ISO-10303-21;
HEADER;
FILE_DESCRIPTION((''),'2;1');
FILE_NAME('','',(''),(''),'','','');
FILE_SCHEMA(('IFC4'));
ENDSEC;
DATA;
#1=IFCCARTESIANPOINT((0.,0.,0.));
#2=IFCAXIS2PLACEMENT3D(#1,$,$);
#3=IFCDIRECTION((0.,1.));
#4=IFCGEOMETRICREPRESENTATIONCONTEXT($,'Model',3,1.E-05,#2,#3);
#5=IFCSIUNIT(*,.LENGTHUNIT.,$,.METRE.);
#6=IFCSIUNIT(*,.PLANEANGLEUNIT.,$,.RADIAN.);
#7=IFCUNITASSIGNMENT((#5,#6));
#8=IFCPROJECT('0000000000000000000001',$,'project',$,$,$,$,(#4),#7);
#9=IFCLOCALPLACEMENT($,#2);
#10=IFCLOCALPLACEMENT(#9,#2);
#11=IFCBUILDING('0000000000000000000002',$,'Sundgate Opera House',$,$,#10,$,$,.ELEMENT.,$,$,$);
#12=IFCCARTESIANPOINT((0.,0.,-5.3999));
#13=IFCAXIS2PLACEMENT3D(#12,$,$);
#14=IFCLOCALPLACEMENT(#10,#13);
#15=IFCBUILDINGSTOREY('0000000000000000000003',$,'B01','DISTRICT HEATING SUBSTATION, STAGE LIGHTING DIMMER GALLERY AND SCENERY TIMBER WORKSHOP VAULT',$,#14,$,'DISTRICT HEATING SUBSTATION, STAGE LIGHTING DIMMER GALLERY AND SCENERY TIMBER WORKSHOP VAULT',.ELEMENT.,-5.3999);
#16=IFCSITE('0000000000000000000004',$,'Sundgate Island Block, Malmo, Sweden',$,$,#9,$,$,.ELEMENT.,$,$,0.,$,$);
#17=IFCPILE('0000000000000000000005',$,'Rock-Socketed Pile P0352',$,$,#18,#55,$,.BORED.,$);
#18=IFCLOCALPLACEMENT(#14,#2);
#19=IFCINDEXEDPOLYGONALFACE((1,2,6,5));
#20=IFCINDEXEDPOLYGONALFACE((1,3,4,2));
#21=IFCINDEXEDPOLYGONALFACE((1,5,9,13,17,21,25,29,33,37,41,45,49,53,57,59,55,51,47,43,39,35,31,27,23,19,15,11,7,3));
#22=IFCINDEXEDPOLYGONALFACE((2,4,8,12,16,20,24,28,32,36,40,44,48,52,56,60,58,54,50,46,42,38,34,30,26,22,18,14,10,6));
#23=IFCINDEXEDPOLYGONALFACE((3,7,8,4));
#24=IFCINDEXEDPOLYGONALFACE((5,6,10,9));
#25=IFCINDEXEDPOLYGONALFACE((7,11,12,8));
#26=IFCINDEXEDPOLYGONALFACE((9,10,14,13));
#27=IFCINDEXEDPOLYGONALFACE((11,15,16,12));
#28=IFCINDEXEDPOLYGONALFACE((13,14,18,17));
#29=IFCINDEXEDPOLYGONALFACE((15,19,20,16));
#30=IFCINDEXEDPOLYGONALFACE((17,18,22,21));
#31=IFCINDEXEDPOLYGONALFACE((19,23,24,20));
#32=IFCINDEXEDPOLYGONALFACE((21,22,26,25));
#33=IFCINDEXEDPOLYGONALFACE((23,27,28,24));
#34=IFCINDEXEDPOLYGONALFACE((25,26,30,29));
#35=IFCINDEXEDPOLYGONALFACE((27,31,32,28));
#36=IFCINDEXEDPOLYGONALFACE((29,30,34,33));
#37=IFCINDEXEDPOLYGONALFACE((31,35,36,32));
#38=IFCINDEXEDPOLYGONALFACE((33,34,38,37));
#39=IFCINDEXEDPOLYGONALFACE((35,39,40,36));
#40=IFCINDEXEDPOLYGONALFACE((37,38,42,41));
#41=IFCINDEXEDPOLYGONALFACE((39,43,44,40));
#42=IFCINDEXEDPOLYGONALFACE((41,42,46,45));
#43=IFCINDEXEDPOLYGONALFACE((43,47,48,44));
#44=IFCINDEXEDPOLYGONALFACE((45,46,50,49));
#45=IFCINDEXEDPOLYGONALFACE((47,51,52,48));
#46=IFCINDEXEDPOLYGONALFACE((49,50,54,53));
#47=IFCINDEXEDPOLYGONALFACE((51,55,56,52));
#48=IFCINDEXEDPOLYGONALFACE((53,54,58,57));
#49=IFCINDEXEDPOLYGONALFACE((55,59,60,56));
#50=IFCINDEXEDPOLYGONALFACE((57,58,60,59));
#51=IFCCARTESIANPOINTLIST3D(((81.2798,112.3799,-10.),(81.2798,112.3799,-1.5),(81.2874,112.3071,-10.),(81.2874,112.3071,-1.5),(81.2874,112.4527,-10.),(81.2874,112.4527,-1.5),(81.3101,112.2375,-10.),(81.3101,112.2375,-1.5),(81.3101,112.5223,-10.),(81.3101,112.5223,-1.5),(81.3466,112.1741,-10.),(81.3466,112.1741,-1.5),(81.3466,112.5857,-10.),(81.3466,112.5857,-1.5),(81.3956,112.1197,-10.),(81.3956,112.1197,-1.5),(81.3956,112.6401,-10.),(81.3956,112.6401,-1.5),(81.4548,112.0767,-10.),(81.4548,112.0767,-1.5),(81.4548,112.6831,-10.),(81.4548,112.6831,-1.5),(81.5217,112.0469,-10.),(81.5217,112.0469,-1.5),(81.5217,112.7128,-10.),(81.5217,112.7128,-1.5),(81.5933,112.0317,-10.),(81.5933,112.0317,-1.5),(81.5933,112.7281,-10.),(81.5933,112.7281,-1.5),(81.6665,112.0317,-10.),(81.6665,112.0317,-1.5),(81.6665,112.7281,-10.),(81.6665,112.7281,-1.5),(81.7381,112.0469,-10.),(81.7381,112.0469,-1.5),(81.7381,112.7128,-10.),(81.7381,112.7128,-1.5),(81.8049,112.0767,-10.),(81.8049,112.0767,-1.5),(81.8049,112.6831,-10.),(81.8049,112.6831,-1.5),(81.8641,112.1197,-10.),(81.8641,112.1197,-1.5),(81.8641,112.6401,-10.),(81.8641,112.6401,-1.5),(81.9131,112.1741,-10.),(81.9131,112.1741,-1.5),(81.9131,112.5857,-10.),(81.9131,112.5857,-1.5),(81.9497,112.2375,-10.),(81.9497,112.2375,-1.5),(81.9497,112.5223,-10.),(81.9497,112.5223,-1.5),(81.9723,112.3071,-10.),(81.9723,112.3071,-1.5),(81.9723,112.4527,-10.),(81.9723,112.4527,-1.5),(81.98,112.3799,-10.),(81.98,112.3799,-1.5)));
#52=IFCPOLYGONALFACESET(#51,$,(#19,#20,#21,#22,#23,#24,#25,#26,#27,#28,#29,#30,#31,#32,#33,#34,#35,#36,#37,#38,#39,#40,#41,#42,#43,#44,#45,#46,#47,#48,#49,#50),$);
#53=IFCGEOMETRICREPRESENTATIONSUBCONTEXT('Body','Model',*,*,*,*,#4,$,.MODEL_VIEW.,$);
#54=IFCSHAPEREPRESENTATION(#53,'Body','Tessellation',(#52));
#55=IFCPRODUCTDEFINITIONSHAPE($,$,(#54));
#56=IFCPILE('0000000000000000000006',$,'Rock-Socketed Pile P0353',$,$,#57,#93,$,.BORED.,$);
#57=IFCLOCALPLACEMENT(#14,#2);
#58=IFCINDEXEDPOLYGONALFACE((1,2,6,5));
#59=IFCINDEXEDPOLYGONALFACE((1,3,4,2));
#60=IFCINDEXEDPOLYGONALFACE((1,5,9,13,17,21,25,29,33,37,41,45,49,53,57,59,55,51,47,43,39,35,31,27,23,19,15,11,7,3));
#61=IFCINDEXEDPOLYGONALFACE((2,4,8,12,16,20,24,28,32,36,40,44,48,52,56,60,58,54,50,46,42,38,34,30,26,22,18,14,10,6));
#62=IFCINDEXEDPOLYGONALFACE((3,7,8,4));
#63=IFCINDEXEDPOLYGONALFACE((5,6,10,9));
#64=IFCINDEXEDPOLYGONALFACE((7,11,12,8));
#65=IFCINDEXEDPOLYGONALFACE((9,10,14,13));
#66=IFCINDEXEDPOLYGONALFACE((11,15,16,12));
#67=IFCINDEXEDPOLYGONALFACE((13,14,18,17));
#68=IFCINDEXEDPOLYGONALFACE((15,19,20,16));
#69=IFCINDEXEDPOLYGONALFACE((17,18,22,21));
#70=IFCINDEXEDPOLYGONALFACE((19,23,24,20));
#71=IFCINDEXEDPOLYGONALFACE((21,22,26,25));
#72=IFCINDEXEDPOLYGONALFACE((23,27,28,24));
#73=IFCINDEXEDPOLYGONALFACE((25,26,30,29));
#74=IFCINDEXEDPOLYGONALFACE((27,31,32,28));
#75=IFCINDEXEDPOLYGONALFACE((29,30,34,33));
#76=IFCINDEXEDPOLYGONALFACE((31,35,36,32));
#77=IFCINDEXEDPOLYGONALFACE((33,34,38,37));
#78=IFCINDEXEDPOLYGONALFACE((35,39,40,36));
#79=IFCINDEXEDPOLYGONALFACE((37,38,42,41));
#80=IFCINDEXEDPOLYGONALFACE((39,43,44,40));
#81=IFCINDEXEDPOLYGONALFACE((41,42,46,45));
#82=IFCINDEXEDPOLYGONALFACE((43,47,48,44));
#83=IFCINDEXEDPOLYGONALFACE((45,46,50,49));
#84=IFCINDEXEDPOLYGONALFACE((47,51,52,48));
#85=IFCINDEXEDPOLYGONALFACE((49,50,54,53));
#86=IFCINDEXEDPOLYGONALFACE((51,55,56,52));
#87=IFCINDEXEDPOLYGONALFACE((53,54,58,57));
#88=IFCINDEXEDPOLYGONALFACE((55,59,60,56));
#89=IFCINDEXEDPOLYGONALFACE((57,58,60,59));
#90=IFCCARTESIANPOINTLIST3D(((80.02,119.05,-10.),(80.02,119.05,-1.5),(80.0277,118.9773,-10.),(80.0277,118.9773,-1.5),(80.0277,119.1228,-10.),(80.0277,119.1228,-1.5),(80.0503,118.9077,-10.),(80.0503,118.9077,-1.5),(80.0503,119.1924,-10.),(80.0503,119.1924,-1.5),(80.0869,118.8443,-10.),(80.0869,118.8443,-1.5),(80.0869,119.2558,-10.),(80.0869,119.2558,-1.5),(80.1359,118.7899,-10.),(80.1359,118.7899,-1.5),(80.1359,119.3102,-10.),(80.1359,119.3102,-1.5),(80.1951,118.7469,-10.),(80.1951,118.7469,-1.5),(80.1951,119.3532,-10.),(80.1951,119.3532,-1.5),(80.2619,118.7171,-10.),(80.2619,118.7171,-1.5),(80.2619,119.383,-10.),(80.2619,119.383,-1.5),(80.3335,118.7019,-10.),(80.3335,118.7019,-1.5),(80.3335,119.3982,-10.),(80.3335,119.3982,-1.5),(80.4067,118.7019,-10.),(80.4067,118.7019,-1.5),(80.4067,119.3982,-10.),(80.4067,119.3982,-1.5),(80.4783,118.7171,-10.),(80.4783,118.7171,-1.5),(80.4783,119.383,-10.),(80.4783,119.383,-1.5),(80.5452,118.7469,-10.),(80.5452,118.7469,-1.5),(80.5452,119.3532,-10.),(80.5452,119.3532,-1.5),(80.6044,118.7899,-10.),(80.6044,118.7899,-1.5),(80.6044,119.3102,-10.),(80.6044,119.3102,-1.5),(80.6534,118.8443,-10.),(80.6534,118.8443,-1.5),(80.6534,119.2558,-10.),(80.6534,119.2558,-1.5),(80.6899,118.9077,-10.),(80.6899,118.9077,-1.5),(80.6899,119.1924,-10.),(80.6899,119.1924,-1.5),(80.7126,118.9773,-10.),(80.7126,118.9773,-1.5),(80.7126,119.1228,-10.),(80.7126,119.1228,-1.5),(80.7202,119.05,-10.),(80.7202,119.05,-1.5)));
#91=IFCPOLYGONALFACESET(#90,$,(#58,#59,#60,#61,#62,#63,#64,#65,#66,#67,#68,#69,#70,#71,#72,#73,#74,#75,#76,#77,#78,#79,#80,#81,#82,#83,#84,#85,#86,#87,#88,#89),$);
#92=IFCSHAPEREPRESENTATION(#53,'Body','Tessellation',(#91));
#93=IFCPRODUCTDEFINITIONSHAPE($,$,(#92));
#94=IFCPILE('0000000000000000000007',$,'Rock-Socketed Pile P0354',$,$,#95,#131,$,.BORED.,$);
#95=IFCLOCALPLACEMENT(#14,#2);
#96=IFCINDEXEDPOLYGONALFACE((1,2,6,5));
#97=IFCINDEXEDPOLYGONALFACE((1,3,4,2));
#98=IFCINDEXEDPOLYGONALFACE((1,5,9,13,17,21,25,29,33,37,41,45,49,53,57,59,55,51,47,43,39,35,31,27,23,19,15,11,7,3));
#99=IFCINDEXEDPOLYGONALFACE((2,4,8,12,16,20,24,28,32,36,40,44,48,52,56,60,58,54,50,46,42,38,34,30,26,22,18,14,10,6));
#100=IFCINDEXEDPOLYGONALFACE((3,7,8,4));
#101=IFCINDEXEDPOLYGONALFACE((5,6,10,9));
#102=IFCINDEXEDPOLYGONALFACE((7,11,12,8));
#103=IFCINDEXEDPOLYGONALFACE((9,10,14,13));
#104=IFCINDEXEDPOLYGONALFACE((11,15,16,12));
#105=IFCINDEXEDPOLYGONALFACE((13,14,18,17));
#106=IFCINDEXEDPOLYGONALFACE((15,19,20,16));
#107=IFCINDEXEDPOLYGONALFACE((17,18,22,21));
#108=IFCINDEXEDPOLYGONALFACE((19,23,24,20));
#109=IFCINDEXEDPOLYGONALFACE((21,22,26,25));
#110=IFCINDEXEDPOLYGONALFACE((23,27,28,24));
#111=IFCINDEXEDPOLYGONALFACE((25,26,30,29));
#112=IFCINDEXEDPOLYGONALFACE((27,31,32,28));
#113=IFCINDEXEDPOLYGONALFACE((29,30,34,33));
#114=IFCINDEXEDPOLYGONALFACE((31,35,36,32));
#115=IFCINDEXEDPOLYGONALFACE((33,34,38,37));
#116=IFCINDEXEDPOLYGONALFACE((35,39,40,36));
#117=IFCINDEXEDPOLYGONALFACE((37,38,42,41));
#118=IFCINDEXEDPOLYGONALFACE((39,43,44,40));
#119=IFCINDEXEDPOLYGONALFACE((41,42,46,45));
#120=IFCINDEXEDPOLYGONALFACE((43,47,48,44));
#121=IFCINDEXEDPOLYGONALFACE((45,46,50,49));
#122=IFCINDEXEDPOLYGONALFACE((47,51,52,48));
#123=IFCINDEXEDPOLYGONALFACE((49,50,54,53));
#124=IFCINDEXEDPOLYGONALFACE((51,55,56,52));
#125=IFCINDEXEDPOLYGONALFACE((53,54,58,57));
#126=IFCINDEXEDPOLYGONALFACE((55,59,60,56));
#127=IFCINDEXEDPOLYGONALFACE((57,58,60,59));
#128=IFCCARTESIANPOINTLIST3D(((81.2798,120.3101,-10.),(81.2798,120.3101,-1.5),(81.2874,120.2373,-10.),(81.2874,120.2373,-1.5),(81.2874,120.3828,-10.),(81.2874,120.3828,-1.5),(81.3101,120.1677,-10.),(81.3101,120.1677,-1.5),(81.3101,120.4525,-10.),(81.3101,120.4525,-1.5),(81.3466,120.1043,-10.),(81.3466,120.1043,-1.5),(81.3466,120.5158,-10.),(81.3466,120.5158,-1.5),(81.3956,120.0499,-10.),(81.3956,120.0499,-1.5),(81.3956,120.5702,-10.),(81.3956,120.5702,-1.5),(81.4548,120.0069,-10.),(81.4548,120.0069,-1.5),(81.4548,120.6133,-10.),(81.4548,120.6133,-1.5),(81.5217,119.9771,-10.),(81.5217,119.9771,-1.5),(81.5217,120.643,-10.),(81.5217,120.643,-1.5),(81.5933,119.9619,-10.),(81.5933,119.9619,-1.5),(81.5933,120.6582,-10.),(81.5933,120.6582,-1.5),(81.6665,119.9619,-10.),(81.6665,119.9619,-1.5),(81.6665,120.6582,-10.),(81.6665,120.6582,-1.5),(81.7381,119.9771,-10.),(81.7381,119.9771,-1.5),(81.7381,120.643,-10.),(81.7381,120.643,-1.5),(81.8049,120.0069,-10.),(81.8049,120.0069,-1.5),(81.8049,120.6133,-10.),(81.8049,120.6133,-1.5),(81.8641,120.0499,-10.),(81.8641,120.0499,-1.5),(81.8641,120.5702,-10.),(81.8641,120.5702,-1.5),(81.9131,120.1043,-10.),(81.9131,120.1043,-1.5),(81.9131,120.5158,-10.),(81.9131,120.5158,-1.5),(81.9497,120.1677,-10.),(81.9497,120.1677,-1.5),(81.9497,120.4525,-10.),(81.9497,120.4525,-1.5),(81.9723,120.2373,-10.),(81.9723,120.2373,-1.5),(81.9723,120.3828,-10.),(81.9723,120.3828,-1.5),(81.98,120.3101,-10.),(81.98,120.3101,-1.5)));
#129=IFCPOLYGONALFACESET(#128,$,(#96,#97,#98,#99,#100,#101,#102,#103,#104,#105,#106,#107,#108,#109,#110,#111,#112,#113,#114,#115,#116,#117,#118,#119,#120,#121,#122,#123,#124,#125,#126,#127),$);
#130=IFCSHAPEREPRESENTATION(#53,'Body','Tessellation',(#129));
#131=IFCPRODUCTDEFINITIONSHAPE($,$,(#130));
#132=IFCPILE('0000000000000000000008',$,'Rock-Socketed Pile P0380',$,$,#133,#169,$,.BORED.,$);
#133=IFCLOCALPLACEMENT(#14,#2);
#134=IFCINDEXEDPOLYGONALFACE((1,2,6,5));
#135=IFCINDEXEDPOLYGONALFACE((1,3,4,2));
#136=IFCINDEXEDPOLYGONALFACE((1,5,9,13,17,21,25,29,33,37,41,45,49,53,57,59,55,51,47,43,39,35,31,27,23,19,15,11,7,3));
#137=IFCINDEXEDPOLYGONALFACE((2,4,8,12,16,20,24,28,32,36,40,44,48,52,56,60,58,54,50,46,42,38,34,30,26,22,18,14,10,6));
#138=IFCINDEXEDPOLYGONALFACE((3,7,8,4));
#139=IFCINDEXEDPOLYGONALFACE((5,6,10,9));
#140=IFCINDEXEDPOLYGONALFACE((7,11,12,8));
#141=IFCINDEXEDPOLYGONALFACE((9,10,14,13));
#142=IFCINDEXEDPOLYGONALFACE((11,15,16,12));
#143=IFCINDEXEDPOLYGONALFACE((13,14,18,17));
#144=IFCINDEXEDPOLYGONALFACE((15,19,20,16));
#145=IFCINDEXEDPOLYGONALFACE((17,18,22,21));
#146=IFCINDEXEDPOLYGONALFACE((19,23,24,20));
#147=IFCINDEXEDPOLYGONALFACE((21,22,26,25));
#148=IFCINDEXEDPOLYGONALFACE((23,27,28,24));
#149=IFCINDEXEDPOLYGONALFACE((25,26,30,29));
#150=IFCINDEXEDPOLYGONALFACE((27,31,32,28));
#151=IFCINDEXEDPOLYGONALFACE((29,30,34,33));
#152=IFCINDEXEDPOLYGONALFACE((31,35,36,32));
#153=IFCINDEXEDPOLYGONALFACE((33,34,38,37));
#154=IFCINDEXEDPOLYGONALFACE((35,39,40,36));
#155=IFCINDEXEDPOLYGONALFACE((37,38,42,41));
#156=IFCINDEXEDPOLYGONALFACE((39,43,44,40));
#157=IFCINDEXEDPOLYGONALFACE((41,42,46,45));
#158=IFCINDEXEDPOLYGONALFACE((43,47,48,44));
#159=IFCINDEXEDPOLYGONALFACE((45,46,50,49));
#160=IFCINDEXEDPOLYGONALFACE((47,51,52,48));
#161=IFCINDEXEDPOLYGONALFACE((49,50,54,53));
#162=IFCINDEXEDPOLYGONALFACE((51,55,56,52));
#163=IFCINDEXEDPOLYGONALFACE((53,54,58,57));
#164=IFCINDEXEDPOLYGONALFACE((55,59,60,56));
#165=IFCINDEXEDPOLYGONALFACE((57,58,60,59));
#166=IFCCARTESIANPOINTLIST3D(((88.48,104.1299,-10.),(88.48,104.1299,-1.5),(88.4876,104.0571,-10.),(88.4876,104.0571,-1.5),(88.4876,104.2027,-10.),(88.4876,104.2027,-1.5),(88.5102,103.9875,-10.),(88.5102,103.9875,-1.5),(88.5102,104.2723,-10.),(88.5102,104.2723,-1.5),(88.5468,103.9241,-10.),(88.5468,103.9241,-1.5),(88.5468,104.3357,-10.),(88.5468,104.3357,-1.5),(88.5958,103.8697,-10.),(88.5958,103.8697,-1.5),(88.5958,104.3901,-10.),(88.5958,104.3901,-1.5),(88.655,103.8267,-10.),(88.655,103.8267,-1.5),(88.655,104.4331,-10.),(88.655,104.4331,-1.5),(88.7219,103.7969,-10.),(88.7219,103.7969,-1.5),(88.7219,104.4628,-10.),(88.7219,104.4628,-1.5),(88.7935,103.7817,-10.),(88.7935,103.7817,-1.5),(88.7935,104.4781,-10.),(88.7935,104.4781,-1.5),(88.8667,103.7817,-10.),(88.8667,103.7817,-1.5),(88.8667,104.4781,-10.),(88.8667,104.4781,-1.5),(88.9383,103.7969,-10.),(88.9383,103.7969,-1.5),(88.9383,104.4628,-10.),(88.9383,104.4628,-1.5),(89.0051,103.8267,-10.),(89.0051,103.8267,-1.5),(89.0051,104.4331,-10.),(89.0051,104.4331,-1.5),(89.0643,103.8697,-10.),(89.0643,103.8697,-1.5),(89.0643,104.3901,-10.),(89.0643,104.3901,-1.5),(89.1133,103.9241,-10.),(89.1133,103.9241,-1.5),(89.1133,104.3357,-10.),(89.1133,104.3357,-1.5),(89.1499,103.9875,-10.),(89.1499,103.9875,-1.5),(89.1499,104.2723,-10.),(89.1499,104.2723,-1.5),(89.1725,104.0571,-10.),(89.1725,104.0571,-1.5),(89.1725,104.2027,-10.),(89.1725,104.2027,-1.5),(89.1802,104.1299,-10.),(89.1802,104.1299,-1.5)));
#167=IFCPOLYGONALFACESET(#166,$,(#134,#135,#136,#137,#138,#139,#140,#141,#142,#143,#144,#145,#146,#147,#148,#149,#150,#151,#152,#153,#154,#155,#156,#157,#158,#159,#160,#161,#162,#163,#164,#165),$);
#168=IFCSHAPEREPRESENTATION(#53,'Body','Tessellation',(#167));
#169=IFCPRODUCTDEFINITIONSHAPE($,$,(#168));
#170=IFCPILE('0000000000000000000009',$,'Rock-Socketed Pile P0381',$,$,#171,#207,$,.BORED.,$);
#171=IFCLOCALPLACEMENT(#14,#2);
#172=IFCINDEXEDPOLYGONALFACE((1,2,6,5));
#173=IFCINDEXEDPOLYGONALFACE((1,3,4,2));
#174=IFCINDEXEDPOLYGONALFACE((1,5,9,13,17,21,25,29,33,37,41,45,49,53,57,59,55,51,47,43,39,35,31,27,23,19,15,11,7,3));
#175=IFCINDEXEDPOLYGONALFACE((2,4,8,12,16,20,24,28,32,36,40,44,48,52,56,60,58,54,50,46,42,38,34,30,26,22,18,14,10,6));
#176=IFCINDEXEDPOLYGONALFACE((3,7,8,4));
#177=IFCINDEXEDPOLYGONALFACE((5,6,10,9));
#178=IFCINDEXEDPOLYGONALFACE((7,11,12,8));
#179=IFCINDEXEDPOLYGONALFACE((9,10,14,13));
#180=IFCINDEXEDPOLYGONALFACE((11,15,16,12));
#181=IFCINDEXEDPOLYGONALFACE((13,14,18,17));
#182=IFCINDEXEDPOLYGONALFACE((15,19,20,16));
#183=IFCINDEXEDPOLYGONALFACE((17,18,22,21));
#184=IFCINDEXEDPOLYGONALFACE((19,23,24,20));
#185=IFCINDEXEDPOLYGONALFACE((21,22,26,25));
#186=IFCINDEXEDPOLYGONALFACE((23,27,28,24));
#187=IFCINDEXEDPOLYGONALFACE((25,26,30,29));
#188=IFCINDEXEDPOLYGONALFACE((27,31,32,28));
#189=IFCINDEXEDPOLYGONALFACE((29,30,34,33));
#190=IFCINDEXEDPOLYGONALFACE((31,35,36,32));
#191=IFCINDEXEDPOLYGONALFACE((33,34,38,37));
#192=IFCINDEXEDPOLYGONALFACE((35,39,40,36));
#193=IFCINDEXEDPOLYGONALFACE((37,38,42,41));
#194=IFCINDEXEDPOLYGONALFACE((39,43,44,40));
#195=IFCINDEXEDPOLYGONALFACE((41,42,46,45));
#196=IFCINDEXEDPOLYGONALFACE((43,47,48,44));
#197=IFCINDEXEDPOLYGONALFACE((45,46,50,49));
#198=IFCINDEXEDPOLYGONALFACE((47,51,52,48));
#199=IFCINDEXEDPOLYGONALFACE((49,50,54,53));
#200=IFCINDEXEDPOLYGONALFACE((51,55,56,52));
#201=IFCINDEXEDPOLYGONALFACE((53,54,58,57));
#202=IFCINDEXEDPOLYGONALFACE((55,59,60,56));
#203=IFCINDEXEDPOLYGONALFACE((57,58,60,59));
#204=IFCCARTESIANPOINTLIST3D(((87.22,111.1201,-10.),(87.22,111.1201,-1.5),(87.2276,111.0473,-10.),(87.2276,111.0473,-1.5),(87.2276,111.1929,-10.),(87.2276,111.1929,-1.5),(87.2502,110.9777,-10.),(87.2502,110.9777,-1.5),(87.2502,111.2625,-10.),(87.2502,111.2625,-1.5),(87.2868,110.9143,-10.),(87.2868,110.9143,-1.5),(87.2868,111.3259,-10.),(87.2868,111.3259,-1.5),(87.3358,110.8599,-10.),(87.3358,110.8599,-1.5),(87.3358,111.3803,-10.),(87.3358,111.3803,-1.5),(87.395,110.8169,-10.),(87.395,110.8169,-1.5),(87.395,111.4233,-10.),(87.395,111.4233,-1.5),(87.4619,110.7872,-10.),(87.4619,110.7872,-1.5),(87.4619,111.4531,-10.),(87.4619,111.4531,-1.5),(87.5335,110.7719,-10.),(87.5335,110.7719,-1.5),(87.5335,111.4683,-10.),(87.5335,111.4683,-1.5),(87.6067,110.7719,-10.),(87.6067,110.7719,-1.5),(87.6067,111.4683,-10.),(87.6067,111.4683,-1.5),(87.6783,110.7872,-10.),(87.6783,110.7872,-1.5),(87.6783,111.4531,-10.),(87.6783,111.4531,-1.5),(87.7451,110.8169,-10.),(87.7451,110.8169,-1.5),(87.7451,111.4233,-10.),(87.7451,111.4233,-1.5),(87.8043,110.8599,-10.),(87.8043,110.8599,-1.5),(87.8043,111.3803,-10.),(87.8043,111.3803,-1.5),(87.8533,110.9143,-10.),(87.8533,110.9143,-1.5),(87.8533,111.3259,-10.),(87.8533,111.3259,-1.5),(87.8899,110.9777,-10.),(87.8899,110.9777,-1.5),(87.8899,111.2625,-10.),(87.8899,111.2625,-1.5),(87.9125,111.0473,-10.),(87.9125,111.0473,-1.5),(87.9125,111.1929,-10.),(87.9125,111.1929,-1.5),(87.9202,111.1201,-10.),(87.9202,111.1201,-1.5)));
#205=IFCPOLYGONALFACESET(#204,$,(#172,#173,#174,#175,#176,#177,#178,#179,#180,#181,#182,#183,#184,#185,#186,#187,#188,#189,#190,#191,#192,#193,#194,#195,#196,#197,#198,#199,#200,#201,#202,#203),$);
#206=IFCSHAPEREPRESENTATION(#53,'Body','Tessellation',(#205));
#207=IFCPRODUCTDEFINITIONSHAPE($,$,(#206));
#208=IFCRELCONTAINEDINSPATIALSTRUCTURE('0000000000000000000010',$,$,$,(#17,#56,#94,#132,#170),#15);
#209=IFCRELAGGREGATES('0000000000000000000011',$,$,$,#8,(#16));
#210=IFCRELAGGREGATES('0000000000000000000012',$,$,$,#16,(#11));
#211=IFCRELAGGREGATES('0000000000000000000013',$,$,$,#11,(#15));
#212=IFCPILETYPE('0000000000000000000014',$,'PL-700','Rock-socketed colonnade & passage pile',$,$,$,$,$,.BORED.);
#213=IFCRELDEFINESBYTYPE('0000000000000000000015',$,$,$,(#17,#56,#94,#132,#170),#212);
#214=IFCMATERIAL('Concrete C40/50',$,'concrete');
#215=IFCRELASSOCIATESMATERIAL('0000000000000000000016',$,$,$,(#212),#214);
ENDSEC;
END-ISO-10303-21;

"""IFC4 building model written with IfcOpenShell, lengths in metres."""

from ifc_helpers import new_model, si_unit, direction, frame, origin, origin_2d, place, context, subcontext, project, spatial, circle, extrude, material, material_profile, profile_set, type_object, element, save


model = new_model("IFC4")

# Units and contexts
model_context = context("Model", 3, precision=1e-05, world=origin(), true_north=direction((0.0, 1.0)))
body_context = subcontext(model_context, "Body", "Model", "MODEL_VIEW")
ifc_project = project(units=[si_unit("LENGTHUNIT", "METRE"), si_unit("PLANEANGLEUNIT", "RADIAN")], contexts=[model_context])

# Site, building, storey
site_placement = place(None, origin())
site = spatial("IfcSite", under=ifc_project, at=site_placement, Name="Sundgate Island Block, Malmo, Sweden", CompositionType="ELEMENT", RefElevation=0.0)
building_placement = place(site_placement, origin())
building = spatial("IfcBuilding", under=site, at=building_placement, Name="Sundgate Opera House", CompositionType="ELEMENT")
storey_placement = place(building_placement, frame((0.0, 0.0, -5.3999)))
storey = spatial("IfcBuildingStorey", under=building, at=storey_placement, Name="B01", Description="DISTRICT HEATING SUBSTATION, STAGE LIGHTING DIMMER GALLERY AND SCENERY TIMBER WORKSHOP VAULT", LongName="DISTRICT HEATING SUBSTATION, STAGE LIGHTING DIMMER GALLERY AND SCENERY TIMBER WORKSHOP VAULT", CompositionType="ELEMENT", Elevation=-5.3999)

# Piles
ifc_material_1 = material(Name="Concrete C40/50", Category="concrete")
ifc_material_profile_1 = material_profile(ifc_material_1, circle(Radius=0.3501, at=origin_2d()), Name="PILE D700")
ifc_profile_set_1 = profile_set([ifc_material_profile_1], Name="Concrete C40/50")
pile_type_1 = type_object("IfcPileType", Name="PL-700", Description="Rock-socketed colonnade & passage pile", PredefinedType="BORED", material=ifc_profile_set_1)
for number, where, z_axis, x_axis, name in (
    (1, (81.6299, 112.3799, -1.5), (0.0, 0.0, -1.0), (1.0, 0.0, 0.0), "Rock-Socketed Pile P0352"),
    (2, (80.3701, 119.05, -1.5), (0.0, 0.0, -1.0), (1.0, 0.0, 0.0), "Rock-Socketed Pile P0353"),
    (3, (81.6299, 120.3101, -1.5), (0.0, 0.0, -1.0), (1.0, 0.0, 0.0), "Rock-Socketed Pile P0354"),
    (4, (88.8301, 104.1299, -1.5), (0.0, 0.0, -1.0), (1.0, 0.0, 0.0), "Rock-Socketed Pile P0380"),
    (5, (87.5701, 111.1201, -1.5), (0.0, 0.0, -1.0), (1.0, 0.0, 0.0), "Rock-Socketed Pile P0381"),
):
    element("IfcPile", number, at=place(storey_placement, frame(where, z_axis=z_axis, x_axis=x_axis)), inside=storey, type_object=pile_type_1, Name=name, PredefinedType="BORED", context=body_context, shape_type="SweptSolid", body=[
        extrude(circle(Radius=0.3501, at=origin_2d()), origin(), (0.0, 0.0, 1.0), 8.5),
    ])

save(model, "model.ifc")
